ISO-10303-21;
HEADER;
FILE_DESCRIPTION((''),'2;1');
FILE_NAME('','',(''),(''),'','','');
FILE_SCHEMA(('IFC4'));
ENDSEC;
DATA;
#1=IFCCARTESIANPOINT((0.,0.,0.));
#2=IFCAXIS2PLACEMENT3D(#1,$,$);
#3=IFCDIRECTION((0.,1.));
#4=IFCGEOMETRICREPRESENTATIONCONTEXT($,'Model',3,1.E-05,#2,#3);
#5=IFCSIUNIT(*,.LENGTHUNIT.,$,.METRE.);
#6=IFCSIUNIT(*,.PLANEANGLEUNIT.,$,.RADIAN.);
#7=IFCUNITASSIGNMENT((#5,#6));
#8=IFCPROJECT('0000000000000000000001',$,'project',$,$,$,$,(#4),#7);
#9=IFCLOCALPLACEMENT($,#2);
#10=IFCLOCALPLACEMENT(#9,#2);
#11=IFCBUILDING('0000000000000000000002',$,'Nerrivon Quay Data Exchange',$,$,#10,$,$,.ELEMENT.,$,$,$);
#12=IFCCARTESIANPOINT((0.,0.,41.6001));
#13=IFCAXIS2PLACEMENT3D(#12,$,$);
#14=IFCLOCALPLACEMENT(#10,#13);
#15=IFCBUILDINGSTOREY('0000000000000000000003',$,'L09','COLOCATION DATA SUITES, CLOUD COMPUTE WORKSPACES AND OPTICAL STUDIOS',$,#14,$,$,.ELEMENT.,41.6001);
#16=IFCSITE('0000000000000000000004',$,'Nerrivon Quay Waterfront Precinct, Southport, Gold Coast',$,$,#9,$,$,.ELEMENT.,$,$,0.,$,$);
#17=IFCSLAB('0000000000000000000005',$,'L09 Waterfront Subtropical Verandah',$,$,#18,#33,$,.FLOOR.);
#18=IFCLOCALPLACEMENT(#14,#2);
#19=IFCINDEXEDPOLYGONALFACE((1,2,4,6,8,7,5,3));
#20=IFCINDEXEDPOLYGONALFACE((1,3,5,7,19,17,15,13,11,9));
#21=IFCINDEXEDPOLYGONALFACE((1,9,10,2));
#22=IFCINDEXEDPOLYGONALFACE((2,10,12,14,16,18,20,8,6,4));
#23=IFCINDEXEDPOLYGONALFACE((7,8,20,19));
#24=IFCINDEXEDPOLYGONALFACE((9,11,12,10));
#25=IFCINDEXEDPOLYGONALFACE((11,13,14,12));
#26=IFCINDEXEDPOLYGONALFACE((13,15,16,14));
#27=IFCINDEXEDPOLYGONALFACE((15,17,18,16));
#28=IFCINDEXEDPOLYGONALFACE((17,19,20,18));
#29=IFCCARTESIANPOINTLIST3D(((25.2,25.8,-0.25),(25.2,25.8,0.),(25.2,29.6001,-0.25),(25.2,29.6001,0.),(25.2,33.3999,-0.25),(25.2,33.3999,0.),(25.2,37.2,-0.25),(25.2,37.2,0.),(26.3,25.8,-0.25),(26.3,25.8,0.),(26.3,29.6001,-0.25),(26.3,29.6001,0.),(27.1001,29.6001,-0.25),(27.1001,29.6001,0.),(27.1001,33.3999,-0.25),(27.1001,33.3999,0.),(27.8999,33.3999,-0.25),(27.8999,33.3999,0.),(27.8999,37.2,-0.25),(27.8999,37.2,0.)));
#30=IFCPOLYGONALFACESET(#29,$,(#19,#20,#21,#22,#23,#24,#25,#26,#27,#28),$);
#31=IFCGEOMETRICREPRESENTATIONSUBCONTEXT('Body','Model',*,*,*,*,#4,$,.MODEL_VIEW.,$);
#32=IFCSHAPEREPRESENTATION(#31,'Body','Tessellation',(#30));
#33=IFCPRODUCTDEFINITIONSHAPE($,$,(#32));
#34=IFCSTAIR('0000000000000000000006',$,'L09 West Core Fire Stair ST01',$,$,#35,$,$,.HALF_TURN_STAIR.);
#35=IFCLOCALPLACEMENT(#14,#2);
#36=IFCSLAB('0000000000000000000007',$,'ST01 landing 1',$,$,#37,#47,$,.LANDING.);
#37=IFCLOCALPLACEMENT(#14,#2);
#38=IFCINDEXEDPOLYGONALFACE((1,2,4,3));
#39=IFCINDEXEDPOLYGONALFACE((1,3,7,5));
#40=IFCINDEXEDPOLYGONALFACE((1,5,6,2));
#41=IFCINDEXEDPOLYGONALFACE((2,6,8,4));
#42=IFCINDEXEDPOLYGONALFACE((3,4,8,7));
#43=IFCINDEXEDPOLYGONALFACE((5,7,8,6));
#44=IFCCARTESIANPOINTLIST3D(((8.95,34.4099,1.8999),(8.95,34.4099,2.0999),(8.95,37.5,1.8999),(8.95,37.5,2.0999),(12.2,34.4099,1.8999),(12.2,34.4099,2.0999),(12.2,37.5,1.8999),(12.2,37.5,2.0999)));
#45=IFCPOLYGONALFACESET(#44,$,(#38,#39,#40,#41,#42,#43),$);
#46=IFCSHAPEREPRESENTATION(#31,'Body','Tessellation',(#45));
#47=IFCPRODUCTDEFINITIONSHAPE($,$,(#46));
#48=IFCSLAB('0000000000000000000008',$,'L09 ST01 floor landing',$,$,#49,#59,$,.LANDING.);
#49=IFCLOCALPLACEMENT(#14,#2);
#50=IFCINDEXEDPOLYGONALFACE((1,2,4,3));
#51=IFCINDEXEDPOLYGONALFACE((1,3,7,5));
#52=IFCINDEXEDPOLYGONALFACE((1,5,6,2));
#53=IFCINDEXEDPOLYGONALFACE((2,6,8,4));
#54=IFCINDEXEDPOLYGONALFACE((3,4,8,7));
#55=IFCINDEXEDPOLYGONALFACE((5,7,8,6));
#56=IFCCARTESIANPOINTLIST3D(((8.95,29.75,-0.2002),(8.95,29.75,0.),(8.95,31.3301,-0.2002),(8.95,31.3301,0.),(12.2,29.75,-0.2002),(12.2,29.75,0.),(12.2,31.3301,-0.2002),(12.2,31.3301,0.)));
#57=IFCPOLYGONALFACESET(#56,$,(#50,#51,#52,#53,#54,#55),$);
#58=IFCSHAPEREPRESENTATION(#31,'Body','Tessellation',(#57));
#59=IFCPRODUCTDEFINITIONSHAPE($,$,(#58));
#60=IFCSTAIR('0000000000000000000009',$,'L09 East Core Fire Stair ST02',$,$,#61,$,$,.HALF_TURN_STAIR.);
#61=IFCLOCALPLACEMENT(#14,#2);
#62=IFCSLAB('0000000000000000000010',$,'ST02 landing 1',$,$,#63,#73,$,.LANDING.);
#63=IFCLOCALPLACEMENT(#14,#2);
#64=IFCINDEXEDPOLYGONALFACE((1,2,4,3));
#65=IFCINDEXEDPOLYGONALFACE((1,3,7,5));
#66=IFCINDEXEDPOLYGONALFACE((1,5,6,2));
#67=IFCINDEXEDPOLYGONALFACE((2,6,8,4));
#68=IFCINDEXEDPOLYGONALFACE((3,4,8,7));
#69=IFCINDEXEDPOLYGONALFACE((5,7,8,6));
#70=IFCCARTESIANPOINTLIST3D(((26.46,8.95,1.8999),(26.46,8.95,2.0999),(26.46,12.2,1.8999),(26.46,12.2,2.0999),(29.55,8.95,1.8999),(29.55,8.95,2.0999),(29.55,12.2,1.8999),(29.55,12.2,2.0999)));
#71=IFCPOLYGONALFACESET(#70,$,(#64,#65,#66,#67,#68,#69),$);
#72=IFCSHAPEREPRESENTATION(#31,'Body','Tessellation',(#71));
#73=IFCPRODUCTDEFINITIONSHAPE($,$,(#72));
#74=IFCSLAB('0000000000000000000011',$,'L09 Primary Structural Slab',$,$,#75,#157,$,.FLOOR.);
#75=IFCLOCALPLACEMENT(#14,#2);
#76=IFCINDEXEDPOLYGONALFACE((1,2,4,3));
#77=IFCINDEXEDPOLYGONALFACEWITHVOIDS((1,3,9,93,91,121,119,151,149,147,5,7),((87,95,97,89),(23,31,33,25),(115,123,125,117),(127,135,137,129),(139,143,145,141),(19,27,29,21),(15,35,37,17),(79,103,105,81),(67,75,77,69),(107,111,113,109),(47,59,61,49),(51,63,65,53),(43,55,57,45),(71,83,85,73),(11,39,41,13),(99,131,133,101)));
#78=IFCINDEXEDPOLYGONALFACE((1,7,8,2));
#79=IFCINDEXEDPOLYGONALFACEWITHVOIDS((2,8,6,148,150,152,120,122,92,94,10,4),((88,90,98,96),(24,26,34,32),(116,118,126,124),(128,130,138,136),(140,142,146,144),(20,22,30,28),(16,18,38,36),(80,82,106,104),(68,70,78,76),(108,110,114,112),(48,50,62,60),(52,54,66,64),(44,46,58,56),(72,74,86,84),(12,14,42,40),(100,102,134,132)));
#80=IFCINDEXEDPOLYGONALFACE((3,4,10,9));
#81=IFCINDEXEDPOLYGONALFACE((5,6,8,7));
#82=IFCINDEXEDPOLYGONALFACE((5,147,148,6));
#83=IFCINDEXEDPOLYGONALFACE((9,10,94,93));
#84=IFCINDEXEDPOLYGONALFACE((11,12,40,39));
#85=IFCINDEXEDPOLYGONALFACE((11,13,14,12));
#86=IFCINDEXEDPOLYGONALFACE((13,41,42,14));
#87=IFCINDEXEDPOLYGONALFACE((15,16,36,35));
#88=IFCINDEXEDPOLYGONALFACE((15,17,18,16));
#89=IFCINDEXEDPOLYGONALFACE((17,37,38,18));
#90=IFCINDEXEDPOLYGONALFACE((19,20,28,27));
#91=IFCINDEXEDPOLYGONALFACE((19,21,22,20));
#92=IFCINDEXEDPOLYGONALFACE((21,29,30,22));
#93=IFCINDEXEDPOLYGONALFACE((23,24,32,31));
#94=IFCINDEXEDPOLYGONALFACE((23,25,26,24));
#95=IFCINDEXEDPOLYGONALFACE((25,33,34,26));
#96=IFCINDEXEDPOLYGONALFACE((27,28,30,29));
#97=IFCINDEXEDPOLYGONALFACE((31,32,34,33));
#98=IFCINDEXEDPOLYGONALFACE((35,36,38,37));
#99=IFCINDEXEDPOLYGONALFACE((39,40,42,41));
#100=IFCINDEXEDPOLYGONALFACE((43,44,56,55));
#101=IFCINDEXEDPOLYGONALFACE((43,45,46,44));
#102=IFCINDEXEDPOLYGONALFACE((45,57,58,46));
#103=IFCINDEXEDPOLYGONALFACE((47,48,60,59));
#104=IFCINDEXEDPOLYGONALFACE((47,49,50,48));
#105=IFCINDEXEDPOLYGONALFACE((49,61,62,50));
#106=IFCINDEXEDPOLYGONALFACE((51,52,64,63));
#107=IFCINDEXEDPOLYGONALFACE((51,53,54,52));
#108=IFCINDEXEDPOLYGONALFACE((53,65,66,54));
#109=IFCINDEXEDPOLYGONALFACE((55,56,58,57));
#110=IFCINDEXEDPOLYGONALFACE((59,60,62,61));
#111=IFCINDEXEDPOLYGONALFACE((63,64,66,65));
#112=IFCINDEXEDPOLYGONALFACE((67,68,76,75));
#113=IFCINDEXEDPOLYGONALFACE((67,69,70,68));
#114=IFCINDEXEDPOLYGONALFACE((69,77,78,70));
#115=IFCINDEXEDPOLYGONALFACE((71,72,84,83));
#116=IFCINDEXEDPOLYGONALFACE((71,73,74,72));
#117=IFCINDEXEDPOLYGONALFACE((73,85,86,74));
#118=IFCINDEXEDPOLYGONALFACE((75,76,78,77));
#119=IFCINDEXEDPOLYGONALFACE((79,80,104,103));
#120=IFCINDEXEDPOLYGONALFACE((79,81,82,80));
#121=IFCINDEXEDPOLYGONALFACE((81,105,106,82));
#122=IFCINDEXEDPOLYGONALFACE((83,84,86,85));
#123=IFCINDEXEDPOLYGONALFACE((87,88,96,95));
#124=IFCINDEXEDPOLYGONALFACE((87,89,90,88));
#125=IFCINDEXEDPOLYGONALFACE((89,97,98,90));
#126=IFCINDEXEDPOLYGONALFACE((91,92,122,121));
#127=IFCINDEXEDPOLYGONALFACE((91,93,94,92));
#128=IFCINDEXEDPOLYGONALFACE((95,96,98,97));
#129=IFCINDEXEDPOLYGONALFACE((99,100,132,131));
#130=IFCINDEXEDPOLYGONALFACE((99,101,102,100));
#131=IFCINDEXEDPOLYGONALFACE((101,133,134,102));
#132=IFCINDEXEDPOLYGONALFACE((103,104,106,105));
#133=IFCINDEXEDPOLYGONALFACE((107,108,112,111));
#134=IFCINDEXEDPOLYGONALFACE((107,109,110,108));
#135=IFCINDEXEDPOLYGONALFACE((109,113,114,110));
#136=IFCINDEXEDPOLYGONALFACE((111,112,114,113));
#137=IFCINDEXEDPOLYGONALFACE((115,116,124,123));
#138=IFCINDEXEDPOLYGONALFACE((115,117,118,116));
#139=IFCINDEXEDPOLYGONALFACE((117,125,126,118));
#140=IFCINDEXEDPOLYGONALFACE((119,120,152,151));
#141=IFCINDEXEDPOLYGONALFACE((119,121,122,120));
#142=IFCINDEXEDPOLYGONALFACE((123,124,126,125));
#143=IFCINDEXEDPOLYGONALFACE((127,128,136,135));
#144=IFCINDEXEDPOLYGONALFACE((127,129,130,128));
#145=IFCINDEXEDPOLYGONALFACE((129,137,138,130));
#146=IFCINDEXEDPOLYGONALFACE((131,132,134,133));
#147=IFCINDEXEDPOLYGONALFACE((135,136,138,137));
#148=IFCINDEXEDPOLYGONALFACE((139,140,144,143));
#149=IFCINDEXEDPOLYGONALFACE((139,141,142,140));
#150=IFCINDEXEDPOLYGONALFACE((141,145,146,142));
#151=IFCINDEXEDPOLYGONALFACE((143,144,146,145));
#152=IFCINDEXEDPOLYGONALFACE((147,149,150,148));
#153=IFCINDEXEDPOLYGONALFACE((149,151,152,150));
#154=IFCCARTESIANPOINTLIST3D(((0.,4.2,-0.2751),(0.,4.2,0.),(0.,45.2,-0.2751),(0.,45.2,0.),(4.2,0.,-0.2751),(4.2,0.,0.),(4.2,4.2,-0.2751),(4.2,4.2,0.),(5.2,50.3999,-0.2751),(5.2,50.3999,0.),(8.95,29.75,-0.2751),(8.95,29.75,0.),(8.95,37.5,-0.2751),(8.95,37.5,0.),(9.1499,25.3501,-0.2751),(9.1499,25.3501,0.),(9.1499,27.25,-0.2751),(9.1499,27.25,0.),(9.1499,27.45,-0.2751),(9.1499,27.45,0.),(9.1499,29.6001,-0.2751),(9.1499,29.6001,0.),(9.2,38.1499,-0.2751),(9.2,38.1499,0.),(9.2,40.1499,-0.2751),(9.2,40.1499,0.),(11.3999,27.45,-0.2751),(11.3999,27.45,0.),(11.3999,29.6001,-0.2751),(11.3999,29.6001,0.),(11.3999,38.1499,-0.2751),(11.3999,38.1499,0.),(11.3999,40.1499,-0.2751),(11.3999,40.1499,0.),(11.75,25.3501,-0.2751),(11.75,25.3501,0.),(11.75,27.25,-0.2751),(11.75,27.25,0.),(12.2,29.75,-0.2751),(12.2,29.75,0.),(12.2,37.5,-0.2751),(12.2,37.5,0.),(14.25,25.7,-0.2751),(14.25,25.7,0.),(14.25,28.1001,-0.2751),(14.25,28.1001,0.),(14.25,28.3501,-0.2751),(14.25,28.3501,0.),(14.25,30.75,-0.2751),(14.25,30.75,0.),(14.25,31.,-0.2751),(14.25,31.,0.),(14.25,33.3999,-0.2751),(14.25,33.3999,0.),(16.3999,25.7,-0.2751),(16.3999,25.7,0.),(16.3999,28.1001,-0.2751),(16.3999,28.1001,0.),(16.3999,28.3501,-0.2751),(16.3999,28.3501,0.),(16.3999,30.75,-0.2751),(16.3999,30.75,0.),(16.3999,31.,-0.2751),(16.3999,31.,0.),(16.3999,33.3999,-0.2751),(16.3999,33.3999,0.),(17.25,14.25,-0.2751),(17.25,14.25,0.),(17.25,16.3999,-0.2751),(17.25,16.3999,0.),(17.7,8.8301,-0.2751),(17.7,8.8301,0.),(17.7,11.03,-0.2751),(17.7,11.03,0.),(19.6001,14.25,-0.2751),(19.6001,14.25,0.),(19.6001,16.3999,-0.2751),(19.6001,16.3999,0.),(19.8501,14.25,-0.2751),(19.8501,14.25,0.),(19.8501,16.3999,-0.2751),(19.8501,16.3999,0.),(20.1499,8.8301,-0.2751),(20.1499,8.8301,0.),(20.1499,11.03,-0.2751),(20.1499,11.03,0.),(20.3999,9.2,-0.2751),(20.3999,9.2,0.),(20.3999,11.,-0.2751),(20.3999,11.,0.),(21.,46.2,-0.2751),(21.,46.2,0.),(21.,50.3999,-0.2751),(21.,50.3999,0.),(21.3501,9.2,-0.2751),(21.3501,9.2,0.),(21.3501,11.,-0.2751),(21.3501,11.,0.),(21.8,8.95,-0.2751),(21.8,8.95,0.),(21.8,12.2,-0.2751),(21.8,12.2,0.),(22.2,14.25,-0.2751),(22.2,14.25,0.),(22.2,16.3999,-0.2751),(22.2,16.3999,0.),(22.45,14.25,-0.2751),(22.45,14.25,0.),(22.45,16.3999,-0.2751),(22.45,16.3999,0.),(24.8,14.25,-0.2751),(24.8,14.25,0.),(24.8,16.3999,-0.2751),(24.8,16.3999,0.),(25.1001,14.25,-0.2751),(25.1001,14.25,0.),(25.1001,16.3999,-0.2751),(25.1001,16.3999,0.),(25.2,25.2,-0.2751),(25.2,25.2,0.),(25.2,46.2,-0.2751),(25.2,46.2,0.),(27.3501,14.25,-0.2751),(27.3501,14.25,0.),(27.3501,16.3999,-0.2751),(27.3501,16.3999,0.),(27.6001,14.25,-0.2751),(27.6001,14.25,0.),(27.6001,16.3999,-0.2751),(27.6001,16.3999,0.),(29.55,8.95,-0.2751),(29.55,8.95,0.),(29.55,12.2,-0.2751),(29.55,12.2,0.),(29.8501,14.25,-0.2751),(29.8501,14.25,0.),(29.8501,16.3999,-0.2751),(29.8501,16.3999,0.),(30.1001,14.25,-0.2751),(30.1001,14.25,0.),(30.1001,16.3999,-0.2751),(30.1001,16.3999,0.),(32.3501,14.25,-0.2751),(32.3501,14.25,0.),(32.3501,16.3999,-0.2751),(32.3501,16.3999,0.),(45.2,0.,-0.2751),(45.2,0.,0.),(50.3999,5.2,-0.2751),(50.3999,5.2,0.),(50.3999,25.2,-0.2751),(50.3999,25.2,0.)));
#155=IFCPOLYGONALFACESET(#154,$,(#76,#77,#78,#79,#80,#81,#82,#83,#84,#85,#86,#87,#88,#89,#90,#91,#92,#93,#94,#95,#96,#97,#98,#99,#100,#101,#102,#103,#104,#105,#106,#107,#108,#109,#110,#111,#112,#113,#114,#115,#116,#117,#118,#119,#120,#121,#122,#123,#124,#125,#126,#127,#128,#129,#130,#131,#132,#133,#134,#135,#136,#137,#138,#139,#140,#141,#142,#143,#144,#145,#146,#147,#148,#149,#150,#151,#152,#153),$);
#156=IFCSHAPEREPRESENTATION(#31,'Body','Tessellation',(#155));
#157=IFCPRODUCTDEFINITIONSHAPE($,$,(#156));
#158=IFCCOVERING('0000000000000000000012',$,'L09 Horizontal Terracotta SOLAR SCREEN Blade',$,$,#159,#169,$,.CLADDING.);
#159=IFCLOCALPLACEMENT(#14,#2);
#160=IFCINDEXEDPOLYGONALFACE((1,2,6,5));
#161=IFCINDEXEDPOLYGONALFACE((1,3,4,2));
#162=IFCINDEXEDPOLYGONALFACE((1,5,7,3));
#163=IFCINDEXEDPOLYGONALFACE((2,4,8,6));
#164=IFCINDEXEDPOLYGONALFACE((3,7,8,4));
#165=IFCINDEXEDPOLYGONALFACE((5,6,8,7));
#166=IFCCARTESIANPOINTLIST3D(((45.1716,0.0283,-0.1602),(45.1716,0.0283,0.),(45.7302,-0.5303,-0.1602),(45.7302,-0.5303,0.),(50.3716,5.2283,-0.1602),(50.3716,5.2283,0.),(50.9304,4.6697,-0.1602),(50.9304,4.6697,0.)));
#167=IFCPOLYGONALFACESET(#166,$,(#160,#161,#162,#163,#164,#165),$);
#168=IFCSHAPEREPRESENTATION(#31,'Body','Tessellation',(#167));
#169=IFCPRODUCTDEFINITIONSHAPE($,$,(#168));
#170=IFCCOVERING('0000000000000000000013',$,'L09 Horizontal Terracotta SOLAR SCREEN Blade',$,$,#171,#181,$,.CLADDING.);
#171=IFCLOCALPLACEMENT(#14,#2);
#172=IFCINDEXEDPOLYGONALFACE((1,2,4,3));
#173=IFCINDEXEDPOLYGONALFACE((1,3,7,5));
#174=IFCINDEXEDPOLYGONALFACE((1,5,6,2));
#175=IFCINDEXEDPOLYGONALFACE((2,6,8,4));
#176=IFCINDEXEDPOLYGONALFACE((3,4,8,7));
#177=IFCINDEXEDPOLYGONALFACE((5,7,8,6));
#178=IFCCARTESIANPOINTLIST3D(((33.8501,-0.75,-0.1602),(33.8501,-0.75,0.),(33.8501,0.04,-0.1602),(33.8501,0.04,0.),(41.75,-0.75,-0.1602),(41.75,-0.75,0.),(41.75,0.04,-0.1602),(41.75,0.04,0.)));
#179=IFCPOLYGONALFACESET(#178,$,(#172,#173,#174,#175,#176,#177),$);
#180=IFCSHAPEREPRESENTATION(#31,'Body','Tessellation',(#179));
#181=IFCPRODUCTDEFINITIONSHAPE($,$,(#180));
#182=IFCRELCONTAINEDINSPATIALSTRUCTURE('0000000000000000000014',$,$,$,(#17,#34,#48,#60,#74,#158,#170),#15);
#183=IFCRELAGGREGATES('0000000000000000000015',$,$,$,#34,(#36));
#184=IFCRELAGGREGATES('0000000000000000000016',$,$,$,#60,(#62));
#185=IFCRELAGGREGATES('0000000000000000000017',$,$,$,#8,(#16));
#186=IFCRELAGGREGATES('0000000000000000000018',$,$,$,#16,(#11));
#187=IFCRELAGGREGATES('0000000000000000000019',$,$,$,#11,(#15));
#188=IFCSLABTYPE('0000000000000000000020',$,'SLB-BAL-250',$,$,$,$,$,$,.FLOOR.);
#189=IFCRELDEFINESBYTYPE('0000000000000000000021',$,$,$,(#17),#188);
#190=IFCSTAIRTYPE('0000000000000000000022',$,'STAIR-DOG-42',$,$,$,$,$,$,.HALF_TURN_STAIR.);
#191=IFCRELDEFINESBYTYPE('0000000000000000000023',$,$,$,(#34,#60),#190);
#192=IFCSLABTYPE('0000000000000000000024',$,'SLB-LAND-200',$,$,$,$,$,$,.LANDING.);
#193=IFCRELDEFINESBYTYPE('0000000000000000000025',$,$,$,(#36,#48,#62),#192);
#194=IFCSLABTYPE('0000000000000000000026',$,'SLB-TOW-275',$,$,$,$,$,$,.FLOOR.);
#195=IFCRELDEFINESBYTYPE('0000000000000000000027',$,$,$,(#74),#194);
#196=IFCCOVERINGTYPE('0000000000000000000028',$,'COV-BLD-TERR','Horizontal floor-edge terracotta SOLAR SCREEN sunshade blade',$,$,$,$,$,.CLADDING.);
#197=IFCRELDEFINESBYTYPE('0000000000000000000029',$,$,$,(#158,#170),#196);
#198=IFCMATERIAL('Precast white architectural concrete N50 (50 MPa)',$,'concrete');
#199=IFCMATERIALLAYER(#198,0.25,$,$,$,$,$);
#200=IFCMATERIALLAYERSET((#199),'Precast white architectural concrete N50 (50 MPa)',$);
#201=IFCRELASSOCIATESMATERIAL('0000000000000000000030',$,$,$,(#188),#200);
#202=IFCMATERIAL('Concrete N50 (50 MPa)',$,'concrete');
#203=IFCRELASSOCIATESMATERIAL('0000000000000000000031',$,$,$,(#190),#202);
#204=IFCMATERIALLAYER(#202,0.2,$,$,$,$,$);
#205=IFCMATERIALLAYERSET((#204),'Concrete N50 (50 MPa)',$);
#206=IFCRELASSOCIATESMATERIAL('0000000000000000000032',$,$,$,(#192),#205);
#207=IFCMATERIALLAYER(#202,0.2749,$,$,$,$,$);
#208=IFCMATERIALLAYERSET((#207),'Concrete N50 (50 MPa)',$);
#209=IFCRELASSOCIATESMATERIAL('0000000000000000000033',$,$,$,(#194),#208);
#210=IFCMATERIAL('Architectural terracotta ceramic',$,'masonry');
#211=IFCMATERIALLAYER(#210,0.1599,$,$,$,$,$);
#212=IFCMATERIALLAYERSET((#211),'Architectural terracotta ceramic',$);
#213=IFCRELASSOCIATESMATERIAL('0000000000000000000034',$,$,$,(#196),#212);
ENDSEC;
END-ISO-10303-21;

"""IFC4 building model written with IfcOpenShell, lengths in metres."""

from ifc_helpers import new_model, si_unit, direction, frame, origin, place, context, subcontext, project, spatial, polyline, outline, extrude, material, layer, layer_set, type_object, element, aggregate, save


model = new_model("IFC4")

# Units and contexts
model_context = context("Model", 3, precision=1e-05, world=origin(), true_north=direction((0.0, 1.0)))
body_context = subcontext(model_context, "Body", "Model", "MODEL_VIEW")
ifc_project = project(units=[si_unit("LENGTHUNIT", "METRE"), si_unit("PLANEANGLEUNIT", "RADIAN")], contexts=[model_context])

# Site, building, storey
site_placement = place(None, origin())
site = spatial("IfcSite", under=ifc_project, at=site_placement, Name="Nerrivon Quay Waterfront Precinct, Southport, Gold Coast", CompositionType="ELEMENT", RefElevation=0.0)
building_placement = place(site_placement, origin())
building = spatial("IfcBuilding", under=site, at=building_placement, Name="Nerrivon Quay Data Exchange", CompositionType="ELEMENT")
storey_placement = place(building_placement, frame((0.0, 0.0, 41.6001)))
storey = spatial("IfcBuildingStorey", under=building, at=storey_placement, Name="L09", Description="COLOCATION DATA SUITES, CLOUD COMPUTE WORKSPACES AND OPTICAL STUDIOS", CompositionType="ELEMENT", Elevation=41.6001)

# Slab
ifc_material_1 = material(Name="Precast white architectural concrete N50 (50 MPa)", Category="concrete")
ifc_layer_1 = layer(ifc_material_1, 0.25)
ifc_layer_set_1 = layer_set([ifc_layer_1], Name="Precast white architectural concrete N50 (50 MPa)")
slab_type_1 = type_object("IfcSlabType", Name="SLB-BAL-250", PredefinedType="FLOOR", material=ifc_layer_set_1)
slab_1_placement = place(storey_placement, frame((0.0, 0.0, -0.25)))
element("IfcSlab", 1, at=slab_1_placement, inside=storey, type_object=slab_type_1, Name="L09 Waterfront Subtropical Verandah", PredefinedType="FLOOR", context=body_context, shape_type="SweptSolid", body=[
    extrude(outline(polyline([(26.3, 29.6001), (27.1001, 29.6001), (27.1001, 33.3999), (27.8999, 33.3999), (27.8999, 37.2), (25.2, 37.2), (25.2, 33.3999), (25.2, 29.6001), (25.2, 25.8), (26.3, 25.8), (26.3, 29.6001)])), origin(), (0.0, 0.0, 1.0), 0.25),
])

# Stair, slab
ifc_material_2 = material(Name="Concrete N50 (50 MPa)", Category="concrete")
stair_type = type_object("IfcStairType", Name="STAIR-DOG-42", PredefinedType="HALF_TURN_STAIR", material=ifc_material_2)
stair_1_placement = place(storey_placement, origin())
stair_1 = element("IfcStair", 2, at=stair_1_placement, inside=storey, type_object=stair_type, Name="L09 West Core Fire Stair ST01", PredefinedType="HALF_TURN_STAIR")
ifc_layer_2 = layer(ifc_material_2, 0.2)
ifc_layer_set_2 = layer_set([ifc_layer_2], Name="Concrete N50 (50 MPa)")
slab_type_2 = type_object("IfcSlabType", Name="SLB-LAND-200", PredefinedType="LANDING", material=ifc_layer_set_2)
slab_2_placement = place(storey_placement, frame((0.0, 0.0, 1.8999)))
slab_2 = element("IfcSlab", 3, at=slab_2_placement, type_object=slab_type_2, Name="ST01 landing 1", PredefinedType="LANDING", context=body_context, shape_type="SweptSolid", body=[
    extrude(outline(polyline([(12.2, 34.4099), (12.2, 37.5), (8.95, 37.5), (8.95, 34.4099), (12.2, 34.4099)])), origin(), (0.0, 0.0, 1.0), 0.2),
])
aggregate(stair_1, [slab_2])

# Slab
slab_3_placement = place(storey_placement, frame((0.0, 0.0, -0.2002)))
element("IfcSlab", 4, at=slab_3_placement, inside=storey, type_object=slab_type_2, Name="L09 ST01 floor landing", PredefinedType="LANDING", context=body_context, shape_type="SweptSolid", body=[
    extrude(outline(polyline([(12.2, 29.75), (12.2, 31.3301), (8.95, 31.3301), (8.95, 29.75), (12.2, 29.75)])), origin(), (0.0, 0.0, 1.0), 0.2002),
])

# Stair, slab
stair_2_placement = place(storey_placement, origin())
stair_2 = element("IfcStair", 5, at=stair_2_placement, inside=storey, type_object=stair_type, Name="L09 East Core Fire Stair ST02", PredefinedType="HALF_TURN_STAIR")
slab_4_placement = place(storey_placement, frame((0.0, 0.0, 1.8999)))
slab_4 = element("IfcSlab", 6, at=slab_4_placement, type_object=slab_type_2, Name="ST02 landing 1", PredefinedType="LANDING", context=body_context, shape_type="SweptSolid", body=[
    extrude(outline(polyline([(26.46, 8.95), (29.55, 8.95), (29.55, 12.2), (26.46, 12.2), (26.46, 8.95)])), origin(), (0.0, 0.0, 1.0), 0.2),
])
aggregate(stair_2, [slab_4])

# Slab
ifc_layer_3 = layer(ifc_material_2, 0.2749)
ifc_layer_set_3 = layer_set([ifc_layer_3], Name="Concrete N50 (50 MPa)")
slab_type_3 = type_object("IfcSlabType", Name="SLB-TOW-275", PredefinedType="FLOOR", material=ifc_layer_set_3)
slab_5_placement = place(storey_placement, frame((0.0, 0.0, -0.2751)))
element("IfcSlab", 7, at=slab_5_placement, inside=storey, type_object=slab_type_3, Name="L09 Primary Structural Slab", PredefinedType="FLOOR", context=body_context, shape_type="SweptSolid", body=[
    extrude(outline(polyline([(50.3999, 25.2), (25.2, 25.2), (25.2, 46.2), (21.0, 46.2), (21.0, 50.3999), (5.2, 50.3999), (0.0, 45.2), (0.0, 4.2), (4.2, 4.2), (4.2, 0.0), (45.2, 0.0), (50.3999, 5.2), (50.3999, 25.2)]), holes=[polyline([(8.95, 29.75), (8.95, 37.5), (12.2, 37.5), (12.2, 29.75), (8.95, 29.75)]), polyline([(21.8, 12.2), (29.55, 12.2), (29.55, 8.95), (21.8, 8.95), (21.8, 12.2)]), polyline([(30.1001, 16.3999), (32.3501, 16.3999), (32.3501, 14.25), (30.1001, 14.25), (30.1001, 16.3999)]), polyline([(27.6001, 16.3999), (29.8501, 16.3999), (29.8501, 14.25), (27.6001, 14.25), (27.6001, 16.3999)]), polyline([(25.1001, 16.3999), (27.3501, 16.3999), (27.3501, 14.25), (25.1001, 14.25), (25.1001, 16.3999)]), polyline([(22.45, 16.3999), (24.8, 16.3999), (24.8, 14.25), (22.45, 14.25), (22.45, 16.3999)]), polyline([(19.8501, 16.3999), (22.2, 16.3999), (22.2, 14.25), (19.8501, 14.25), (19.8501, 16.3999)]), polyline([(20.3999, 11.0), (21.3501, 11.0), (21.3501, 9.2), (20.3999, 9.2), (20.3999, 11.0)]), polyline([(17.7, 8.8301), (17.7, 11.03), (20.1499, 11.03), (20.1499, 8.8301), (17.7, 8.8301)]), polyline([(17.25, 14.25), (17.25, 16.3999), (19.6001, 16.3999), (19.6001, 14.25), (17.25, 14.25)]), polyline([(14.25, 28.1001), (16.3999, 28.1001), (16.3999, 25.7), (14.25, 25.7), (14.25, 28.1001)]), polyline([(14.25, 30.75), (16.3999, 30.75), (16.3999, 28.3501), (14.25, 28.3501), (14.25, 30.75)]), polyline([(14.25, 33.3999), (16.3999, 33.3999), (16.3999, 31.0), (14.25, 31.0), (14.25, 33.3999)]), polyline([(9.1499, 27.25), (11.75, 27.25), (11.75, 25.3501), (9.1499, 25.3501), (9.1499, 27.25)]), polyline([(9.1499, 29.6001), (11.3999, 29.6001), (11.3999, 27.45), (9.1499, 27.45), (9.1499, 29.6001)]), polyline([(9.2, 40.1499), (11.3999, 40.1499), (11.3999, 38.1499), (9.2, 38.1499), (9.2, 40.1499)])]), origin(), (0.0, 0.0, 1.0), 0.2751),
])

# Coverings
ifc_material_3 = material(Name="Architectural terracotta ceramic", Category="masonry")
ifc_layer_4 = layer(ifc_material_3, 0.1599)
ifc_layer_set_4 = layer_set([ifc_layer_4], Name="Architectural terracotta ceramic")
covering_type = type_object("IfcCoveringType", Name="COV-BLD-TERR", Description="Horizontal floor-edge terracotta SOLAR SCREEN sunshade blade", PredefinedType="CLADDING", material=ifc_layer_set_4)
covering_1_placement = place(storey_placement, frame((0.0, 0.0, -0.1602)))
element("IfcCovering", 8, at=covering_1_placement, inside=storey, type_object=covering_type, Name="L09 Horizontal Terracotta SOLAR SCREEN Blade", PredefinedType="CLADDING", context=body_context, shape_type="SweptSolid", body=[
    extrude(outline(polyline([(50.3716, 5.2283), (45.1716, 0.0283), (45.7302, -0.5303), (50.9304, 4.6697), (50.3716, 5.2283)])), origin(), (0.0, 0.0, 1.0), 0.1602),
])
covering_2_placement = place(storey_placement, frame((0.0, 0.0, -0.1602)))
element("IfcCovering", 9, at=covering_2_placement, inside=storey, type_object=covering_type, Name="L09 Horizontal Terracotta SOLAR SCREEN Blade", PredefinedType="CLADDING", context=body_context, shape_type="SweptSolid", body=[
    extrude(outline(polyline([(41.75, 0.04), (33.8501, 0.04), (33.8501, -0.75), (41.75, -0.75), (41.75, 0.04)])), origin(), (0.0, 0.0, 1.0), 0.1602),
])

save(model, "model.ifc")
